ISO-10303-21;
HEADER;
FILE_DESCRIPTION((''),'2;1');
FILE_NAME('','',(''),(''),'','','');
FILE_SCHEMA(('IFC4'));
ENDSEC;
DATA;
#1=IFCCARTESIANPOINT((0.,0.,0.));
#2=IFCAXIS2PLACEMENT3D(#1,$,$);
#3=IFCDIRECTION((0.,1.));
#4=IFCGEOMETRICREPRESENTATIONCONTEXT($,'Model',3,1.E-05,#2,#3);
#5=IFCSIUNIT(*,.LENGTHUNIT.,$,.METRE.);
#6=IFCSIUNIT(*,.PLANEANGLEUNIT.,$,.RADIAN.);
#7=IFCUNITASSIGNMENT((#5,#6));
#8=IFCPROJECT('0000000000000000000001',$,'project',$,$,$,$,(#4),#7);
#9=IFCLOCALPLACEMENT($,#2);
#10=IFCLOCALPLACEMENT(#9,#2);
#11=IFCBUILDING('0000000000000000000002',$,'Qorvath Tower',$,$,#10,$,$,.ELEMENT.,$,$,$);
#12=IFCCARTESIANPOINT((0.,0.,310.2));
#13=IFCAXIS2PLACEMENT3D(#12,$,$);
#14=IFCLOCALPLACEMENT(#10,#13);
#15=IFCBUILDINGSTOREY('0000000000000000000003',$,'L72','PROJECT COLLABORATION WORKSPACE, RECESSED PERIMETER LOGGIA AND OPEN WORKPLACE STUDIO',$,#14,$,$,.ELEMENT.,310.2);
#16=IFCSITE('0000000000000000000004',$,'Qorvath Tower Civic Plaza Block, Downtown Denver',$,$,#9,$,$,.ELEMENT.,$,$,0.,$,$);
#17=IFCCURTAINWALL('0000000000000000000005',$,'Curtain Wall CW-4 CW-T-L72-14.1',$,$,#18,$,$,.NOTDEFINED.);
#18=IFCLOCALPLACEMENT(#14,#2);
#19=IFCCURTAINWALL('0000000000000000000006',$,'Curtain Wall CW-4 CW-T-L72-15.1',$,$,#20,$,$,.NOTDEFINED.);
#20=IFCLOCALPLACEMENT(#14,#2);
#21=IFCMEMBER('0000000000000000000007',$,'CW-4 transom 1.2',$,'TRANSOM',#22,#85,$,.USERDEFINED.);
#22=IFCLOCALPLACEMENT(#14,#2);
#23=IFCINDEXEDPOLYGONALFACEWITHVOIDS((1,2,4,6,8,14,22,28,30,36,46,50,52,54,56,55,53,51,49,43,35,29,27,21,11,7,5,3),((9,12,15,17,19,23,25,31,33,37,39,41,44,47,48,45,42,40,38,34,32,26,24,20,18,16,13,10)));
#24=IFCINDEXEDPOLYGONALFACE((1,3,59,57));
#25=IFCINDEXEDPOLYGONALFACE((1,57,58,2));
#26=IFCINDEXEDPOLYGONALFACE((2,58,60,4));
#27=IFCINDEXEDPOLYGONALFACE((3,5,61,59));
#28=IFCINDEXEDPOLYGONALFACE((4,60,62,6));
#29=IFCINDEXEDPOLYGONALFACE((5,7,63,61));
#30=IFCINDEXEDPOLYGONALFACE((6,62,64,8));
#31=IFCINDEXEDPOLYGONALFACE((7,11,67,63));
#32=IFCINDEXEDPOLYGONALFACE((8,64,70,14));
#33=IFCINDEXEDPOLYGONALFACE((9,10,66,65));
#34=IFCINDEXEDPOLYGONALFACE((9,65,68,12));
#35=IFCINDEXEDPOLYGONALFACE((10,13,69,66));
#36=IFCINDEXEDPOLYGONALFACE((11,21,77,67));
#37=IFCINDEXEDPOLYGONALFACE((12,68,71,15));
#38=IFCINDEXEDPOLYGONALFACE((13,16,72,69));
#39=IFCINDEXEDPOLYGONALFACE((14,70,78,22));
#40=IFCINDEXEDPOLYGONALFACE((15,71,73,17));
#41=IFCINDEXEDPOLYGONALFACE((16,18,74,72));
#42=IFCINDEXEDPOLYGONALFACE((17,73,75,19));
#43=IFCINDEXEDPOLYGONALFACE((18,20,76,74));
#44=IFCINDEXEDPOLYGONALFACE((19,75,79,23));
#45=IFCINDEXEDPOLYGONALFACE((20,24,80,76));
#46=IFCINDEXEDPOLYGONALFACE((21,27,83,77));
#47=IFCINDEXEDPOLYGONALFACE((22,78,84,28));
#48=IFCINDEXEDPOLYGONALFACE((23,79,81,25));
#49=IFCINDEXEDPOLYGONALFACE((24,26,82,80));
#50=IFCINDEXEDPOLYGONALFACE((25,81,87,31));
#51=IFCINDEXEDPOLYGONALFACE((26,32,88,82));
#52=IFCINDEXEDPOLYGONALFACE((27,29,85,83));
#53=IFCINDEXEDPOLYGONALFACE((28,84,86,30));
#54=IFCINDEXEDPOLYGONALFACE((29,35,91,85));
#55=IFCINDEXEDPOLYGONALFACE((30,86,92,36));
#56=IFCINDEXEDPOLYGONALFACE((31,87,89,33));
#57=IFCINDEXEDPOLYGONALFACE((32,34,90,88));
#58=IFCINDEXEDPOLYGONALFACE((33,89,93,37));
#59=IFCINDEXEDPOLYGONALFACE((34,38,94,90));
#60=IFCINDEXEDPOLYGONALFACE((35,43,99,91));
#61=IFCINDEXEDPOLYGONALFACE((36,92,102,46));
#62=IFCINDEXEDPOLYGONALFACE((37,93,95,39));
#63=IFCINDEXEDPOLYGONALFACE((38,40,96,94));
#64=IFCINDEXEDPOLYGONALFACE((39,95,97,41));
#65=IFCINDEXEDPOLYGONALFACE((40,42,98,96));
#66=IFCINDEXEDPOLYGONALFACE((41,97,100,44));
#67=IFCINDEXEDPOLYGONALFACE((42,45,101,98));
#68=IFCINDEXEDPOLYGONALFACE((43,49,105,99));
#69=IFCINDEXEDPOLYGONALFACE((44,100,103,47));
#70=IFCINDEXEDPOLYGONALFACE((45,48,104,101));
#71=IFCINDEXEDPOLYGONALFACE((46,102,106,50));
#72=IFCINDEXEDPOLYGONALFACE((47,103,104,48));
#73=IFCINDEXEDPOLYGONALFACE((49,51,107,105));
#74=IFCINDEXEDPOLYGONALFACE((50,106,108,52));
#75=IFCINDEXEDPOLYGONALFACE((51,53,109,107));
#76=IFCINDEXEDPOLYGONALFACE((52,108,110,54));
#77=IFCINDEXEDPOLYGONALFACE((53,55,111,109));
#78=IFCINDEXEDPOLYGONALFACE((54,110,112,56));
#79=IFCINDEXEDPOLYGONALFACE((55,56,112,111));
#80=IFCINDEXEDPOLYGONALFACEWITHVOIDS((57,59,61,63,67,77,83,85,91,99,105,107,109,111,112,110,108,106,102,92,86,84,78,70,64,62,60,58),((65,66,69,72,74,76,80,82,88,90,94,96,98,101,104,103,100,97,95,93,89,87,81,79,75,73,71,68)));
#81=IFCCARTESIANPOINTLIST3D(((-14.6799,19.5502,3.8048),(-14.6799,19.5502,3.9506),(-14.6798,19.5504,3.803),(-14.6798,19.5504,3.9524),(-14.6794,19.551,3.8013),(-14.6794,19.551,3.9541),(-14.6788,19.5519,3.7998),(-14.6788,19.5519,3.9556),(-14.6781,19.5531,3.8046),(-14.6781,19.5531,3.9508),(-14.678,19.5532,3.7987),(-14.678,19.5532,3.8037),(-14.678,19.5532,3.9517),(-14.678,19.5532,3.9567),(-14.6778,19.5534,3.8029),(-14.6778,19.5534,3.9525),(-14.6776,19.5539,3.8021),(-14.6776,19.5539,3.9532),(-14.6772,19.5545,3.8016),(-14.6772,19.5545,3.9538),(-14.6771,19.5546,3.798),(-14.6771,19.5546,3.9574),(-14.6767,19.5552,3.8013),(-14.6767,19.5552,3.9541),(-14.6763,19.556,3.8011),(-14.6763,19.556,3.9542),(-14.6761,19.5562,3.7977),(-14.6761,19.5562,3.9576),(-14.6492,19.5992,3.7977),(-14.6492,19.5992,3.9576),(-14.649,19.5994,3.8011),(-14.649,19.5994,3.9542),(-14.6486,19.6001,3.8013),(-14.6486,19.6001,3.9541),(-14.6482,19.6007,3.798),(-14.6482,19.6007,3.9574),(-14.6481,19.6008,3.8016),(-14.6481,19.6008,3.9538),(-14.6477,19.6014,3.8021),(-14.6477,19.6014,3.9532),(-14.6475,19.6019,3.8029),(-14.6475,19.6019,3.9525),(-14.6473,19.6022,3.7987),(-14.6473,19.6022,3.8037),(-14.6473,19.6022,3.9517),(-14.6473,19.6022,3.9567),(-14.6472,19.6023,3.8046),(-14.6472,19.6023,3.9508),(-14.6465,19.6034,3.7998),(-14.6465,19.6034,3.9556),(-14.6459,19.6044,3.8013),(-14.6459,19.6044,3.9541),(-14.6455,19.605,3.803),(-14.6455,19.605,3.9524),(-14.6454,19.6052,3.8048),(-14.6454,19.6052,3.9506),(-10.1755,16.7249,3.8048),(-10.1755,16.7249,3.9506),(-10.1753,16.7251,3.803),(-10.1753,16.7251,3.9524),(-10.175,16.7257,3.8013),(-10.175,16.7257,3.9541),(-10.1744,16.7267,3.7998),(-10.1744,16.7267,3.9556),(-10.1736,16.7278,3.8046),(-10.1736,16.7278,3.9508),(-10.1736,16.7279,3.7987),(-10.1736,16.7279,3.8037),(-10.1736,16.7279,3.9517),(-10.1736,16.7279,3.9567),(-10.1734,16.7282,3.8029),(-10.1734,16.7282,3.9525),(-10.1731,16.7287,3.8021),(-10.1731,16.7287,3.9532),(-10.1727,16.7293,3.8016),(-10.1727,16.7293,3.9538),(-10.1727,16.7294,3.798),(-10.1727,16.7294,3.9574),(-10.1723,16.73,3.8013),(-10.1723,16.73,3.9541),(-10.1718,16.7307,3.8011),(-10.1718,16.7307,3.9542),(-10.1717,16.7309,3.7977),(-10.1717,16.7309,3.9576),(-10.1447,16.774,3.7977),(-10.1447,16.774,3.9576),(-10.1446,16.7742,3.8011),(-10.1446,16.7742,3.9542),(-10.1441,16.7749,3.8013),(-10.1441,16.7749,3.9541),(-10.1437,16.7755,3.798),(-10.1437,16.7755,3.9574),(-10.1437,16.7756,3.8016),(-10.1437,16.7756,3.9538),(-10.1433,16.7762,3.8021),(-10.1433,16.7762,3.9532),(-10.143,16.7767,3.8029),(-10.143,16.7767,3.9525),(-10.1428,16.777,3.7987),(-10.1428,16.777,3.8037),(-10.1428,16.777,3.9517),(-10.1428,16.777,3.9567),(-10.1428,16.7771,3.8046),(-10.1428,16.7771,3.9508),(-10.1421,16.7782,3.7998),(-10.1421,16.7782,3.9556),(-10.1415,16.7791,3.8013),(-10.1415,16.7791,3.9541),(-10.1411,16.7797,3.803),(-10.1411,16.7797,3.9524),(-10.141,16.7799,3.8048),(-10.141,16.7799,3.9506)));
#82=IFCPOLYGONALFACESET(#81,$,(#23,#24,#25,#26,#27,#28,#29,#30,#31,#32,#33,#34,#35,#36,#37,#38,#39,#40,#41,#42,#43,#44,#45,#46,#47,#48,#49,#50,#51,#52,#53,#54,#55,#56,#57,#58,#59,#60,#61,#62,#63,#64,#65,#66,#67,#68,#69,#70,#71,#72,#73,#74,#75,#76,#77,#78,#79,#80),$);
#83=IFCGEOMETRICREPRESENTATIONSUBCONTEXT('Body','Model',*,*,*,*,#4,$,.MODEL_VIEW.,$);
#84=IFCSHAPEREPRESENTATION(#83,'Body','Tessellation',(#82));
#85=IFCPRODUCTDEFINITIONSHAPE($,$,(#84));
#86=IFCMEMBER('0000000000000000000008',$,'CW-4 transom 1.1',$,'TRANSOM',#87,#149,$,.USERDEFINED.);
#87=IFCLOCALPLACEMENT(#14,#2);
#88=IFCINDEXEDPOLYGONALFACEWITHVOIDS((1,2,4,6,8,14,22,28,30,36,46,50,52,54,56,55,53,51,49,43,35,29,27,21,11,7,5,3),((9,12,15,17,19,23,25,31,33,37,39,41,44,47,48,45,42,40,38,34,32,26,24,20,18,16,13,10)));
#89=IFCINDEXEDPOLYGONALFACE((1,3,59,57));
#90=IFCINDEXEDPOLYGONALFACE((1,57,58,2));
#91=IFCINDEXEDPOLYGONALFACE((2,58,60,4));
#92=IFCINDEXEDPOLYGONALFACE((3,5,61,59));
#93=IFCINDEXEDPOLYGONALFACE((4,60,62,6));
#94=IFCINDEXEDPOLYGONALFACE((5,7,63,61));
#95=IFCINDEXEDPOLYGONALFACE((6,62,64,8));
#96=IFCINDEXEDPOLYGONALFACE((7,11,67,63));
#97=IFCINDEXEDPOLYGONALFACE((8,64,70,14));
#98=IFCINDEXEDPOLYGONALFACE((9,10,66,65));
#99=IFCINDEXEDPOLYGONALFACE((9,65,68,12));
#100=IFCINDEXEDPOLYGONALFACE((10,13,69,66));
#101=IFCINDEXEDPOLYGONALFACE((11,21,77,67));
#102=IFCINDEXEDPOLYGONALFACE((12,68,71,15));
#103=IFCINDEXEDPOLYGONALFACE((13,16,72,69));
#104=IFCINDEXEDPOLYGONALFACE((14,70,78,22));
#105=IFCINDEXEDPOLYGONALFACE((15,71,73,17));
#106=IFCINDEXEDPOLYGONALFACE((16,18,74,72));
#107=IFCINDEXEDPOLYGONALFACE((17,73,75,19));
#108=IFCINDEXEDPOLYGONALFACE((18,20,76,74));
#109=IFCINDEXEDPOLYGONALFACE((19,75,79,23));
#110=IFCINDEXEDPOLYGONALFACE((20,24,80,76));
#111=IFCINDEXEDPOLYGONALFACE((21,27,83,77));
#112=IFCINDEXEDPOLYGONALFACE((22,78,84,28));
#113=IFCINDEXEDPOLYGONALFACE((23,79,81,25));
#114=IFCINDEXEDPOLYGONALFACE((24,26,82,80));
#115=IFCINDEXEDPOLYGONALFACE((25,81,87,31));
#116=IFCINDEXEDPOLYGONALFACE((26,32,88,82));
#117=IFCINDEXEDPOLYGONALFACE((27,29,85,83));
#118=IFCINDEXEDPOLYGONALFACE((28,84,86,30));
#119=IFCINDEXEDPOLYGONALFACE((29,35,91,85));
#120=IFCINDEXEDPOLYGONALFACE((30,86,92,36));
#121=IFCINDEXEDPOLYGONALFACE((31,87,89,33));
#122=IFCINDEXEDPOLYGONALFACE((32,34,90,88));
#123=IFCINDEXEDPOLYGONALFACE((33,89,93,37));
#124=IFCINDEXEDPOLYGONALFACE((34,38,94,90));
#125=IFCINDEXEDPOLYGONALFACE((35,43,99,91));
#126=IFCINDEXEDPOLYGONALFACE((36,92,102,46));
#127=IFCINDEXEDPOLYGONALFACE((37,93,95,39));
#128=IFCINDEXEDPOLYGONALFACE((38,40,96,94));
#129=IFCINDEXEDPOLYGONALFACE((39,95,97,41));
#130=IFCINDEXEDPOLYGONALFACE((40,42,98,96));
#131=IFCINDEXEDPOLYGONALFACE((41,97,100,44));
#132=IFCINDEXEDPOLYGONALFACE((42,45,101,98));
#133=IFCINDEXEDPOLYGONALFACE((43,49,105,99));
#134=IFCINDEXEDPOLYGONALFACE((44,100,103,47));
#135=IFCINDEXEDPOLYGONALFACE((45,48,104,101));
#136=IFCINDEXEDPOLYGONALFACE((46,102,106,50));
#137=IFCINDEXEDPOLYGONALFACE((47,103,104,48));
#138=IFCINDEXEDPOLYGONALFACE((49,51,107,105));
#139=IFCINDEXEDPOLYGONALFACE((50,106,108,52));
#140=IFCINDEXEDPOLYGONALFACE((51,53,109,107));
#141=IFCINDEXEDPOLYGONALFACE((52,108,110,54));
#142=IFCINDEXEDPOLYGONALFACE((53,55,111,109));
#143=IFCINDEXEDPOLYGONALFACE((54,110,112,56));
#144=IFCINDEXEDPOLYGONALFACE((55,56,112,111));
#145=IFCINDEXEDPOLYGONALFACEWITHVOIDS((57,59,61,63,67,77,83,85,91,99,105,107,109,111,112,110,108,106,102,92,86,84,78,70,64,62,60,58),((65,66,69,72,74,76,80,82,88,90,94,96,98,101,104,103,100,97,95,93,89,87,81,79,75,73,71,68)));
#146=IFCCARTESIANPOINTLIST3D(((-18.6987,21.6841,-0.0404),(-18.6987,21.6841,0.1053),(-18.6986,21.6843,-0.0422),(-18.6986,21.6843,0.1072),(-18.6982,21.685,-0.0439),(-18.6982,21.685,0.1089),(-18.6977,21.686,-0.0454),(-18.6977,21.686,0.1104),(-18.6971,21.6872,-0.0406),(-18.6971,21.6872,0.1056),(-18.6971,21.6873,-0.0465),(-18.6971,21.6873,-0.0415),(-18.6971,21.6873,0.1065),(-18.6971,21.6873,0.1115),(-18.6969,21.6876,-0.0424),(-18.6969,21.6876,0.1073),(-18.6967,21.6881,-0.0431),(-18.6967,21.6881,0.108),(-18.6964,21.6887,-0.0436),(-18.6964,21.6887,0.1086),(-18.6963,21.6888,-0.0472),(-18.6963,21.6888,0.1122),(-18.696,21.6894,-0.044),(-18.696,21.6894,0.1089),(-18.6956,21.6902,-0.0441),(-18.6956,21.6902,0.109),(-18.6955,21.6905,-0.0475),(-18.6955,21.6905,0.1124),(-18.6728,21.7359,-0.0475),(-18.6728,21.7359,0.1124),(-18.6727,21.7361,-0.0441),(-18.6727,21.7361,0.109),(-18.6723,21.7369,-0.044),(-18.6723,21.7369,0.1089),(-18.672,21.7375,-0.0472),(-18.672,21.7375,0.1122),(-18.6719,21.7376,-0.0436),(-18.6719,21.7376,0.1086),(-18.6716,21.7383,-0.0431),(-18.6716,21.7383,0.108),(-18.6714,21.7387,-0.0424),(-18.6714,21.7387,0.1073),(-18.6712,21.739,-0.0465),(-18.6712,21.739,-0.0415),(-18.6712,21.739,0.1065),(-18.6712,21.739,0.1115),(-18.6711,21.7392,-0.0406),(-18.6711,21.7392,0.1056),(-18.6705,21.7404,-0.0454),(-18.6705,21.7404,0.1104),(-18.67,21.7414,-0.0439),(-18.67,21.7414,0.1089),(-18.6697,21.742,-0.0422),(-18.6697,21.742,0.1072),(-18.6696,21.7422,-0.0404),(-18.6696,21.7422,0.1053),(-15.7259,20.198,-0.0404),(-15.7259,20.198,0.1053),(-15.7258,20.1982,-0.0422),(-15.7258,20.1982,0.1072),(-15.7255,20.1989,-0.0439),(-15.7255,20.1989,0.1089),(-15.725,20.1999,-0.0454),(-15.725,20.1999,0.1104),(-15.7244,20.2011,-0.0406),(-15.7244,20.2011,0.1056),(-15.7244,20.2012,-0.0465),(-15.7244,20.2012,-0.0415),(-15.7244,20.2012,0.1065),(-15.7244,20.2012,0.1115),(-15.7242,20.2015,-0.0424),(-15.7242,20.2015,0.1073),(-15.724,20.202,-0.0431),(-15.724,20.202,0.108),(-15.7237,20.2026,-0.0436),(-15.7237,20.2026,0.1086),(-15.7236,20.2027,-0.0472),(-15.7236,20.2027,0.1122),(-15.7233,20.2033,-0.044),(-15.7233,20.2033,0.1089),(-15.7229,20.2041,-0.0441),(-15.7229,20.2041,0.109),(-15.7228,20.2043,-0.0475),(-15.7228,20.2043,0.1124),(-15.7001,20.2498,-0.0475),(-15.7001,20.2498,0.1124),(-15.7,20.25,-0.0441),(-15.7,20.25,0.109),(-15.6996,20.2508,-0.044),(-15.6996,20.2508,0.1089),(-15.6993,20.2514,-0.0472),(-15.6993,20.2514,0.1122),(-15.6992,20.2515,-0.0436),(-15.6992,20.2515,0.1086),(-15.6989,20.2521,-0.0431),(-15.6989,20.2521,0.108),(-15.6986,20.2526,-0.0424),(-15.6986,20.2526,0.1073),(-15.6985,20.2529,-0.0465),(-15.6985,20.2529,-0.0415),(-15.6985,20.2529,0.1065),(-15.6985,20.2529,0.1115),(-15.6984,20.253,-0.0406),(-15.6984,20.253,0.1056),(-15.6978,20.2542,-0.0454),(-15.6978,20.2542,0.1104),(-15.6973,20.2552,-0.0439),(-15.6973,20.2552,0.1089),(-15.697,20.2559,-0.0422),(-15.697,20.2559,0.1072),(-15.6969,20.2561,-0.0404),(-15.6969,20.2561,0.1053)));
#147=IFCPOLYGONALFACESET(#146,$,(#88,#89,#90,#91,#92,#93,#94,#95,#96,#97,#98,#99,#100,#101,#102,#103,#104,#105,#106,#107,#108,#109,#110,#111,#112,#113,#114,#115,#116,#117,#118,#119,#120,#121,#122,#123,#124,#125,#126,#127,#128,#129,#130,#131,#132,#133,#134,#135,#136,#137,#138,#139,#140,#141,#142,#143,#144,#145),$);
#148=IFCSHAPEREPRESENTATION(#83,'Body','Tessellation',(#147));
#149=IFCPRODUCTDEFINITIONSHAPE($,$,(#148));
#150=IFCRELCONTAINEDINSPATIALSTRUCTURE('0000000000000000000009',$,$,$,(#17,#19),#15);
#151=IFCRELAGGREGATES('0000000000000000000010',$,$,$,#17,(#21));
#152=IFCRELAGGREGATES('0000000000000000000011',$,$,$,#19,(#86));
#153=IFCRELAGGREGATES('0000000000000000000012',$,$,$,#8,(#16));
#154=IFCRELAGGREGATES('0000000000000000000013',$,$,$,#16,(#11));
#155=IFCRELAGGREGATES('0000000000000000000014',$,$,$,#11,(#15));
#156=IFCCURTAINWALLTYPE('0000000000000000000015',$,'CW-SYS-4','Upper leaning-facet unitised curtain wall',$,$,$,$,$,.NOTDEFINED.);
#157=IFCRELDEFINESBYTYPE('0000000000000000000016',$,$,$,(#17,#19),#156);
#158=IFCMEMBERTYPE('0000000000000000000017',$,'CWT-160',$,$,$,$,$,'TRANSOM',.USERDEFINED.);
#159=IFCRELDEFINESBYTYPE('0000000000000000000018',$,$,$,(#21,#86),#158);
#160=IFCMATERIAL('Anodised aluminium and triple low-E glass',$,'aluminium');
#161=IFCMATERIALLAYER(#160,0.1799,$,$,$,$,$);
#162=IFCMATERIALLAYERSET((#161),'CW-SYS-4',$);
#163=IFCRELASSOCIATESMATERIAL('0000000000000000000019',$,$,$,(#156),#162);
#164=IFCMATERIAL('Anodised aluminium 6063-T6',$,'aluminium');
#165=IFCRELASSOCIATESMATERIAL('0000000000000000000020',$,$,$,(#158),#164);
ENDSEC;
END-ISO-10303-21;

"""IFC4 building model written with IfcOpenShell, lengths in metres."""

from ifc_helpers import new_model, si_unit, direction, frame, origin, origin_2d, place, context, subcontext, project, spatial, hollow_rectangle, extrude, material, layer, layer_set, material_profile, profile_set, type_object, element, aggregate, save


model = new_model("IFC4")

# Units and contexts
model_context = context("Model", 3, precision=1e-05, world=origin(), true_north=direction((0.0, 1.0)))
body_context = subcontext(model_context, "Body", "Model", "MODEL_VIEW")
ifc_project = project(units=[si_unit("LENGTHUNIT", "METRE"), si_unit("PLANEANGLEUNIT", "RADIAN")], contexts=[model_context])

# Site, building, storey
site_placement = place(None, origin())
site = spatial("IfcSite", under=ifc_project, at=site_placement, Name="Qorvath Tower Civic Plaza Block, Downtown Denver", CompositionType="ELEMENT", RefElevation=0.0)
building_placement = place(site_placement, origin())
building = spatial("IfcBuilding", under=site, at=building_placement, Name="Qorvath Tower", CompositionType="ELEMENT")
storey_placement = place(building_placement, frame((0.0, 0.0, 310.2)))
storey = spatial("IfcBuildingStorey", under=building, at=storey_placement, Name="L72", Description="PROJECT COLLABORATION WORKSPACE, RECESSED PERIMETER LOGGIA AND OPEN WORKPLACE STUDIO", CompositionType="ELEMENT", Elevation=310.2)

# Shared definitions
ifc_material_1 = material(Name="Anodised aluminium and triple low-E glass", Category="aluminium")
ifc_layer_1 = layer(ifc_material_1, 0.1799)
ifc_layer_set_1 = layer_set([ifc_layer_1], Name="CW-SYS-4")
curtain_wall_type = type_object("IfcCurtainWallType", Name="CW-SYS-4", Description="Upper leaning-facet unitised curtain wall", PredefinedType="NOTDEFINED", material=ifc_layer_set_1)

# Curtain walls
curtain_wall_1_placement = place(storey_placement, origin())
curtain_wall_1 = element("IfcCurtainWall", 1, at=curtain_wall_1_placement, inside=storey, type_object=curtain_wall_type, Name="Curtain Wall CW-4 CW-T-L72-14.1", PredefinedType="NOTDEFINED")
curtain_wall_2_placement = place(storey_placement, origin())
curtain_wall_2 = element("IfcCurtainWall", 2, at=curtain_wall_2_placement, inside=storey, type_object=curtain_wall_type, Name="Curtain Wall CW-4 CW-T-L72-15.1", PredefinedType="NOTDEFINED")

# Members
ifc_material_2 = material(Name="Anodised aluminium 6063-T6", Category="aluminium")
ifc_material_profile_1 = material_profile(ifc_material_2, hollow_rectangle(XDim=0.0649, YDim=0.1599, WallThickness=0.0034, InnerFilletRadius=0.0034, OuterFilletRadius=0.0071, at=origin_2d()), Name="CWT 160x65")
ifc_profile_set_1 = profile_set([ifc_material_profile_1], Name="Anodised aluminium 6063-T6")
member_type_1 = type_object("IfcMemberType", Name="CWT-160", ElementType="TRANSOM", PredefinedType="USERDEFINED", material=ifc_profile_set_1)
member_1_placement = place(storey_placement, frame((-10.1582, 16.7524, 3.8777), z_axis=(-0.847156, 0.531344, 0.0), x_axis=(-0.531344, -0.847156, 0.0)))
member_1 = element("IfcMember", 3, at=member_1_placement, type_object=member_type_1, Name="CW-4 transom 1.2", ObjectType="TRANSOM", PredefinedType="USERDEFINED", context=body_context, shape_type="SweptSolid", body=[
    extrude(hollow_rectangle(XDim=0.0649, YDim=0.1599, WallThickness=0.0034, InnerFilletRadius=0.0034, OuterFilletRadius=0.0071, at=origin_2d()), origin(), (0.0, 0.0, 1.0), 5.3171),
])
member_2_placement = place(storey_placement, frame((-15.7114, 20.2271, 0.0325), z_axis=(-0.894457, 0.447155, 0.0), x_axis=(-0.447155, -0.894457, 0.0)))
member_2 = element("IfcMember", 4, at=member_2_placement, type_object=member_type_1, Name="CW-4 transom 1.1", ObjectType="TRANSOM", PredefinedType="USERDEFINED", context=body_context, shape_type="SweptSolid", body=[
    extrude(hollow_rectangle(XDim=0.0649, YDim=0.1599, WallThickness=0.0034, InnerFilletRadius=0.0034, OuterFilletRadius=0.0071, at=origin_2d()), origin(), (0.0, 0.0, 1.0), 3.3235),
])

aggregate(curtain_wall_1, [member_1])
aggregate(curtain_wall_2, [member_2])

save(model, "model.ifc")
